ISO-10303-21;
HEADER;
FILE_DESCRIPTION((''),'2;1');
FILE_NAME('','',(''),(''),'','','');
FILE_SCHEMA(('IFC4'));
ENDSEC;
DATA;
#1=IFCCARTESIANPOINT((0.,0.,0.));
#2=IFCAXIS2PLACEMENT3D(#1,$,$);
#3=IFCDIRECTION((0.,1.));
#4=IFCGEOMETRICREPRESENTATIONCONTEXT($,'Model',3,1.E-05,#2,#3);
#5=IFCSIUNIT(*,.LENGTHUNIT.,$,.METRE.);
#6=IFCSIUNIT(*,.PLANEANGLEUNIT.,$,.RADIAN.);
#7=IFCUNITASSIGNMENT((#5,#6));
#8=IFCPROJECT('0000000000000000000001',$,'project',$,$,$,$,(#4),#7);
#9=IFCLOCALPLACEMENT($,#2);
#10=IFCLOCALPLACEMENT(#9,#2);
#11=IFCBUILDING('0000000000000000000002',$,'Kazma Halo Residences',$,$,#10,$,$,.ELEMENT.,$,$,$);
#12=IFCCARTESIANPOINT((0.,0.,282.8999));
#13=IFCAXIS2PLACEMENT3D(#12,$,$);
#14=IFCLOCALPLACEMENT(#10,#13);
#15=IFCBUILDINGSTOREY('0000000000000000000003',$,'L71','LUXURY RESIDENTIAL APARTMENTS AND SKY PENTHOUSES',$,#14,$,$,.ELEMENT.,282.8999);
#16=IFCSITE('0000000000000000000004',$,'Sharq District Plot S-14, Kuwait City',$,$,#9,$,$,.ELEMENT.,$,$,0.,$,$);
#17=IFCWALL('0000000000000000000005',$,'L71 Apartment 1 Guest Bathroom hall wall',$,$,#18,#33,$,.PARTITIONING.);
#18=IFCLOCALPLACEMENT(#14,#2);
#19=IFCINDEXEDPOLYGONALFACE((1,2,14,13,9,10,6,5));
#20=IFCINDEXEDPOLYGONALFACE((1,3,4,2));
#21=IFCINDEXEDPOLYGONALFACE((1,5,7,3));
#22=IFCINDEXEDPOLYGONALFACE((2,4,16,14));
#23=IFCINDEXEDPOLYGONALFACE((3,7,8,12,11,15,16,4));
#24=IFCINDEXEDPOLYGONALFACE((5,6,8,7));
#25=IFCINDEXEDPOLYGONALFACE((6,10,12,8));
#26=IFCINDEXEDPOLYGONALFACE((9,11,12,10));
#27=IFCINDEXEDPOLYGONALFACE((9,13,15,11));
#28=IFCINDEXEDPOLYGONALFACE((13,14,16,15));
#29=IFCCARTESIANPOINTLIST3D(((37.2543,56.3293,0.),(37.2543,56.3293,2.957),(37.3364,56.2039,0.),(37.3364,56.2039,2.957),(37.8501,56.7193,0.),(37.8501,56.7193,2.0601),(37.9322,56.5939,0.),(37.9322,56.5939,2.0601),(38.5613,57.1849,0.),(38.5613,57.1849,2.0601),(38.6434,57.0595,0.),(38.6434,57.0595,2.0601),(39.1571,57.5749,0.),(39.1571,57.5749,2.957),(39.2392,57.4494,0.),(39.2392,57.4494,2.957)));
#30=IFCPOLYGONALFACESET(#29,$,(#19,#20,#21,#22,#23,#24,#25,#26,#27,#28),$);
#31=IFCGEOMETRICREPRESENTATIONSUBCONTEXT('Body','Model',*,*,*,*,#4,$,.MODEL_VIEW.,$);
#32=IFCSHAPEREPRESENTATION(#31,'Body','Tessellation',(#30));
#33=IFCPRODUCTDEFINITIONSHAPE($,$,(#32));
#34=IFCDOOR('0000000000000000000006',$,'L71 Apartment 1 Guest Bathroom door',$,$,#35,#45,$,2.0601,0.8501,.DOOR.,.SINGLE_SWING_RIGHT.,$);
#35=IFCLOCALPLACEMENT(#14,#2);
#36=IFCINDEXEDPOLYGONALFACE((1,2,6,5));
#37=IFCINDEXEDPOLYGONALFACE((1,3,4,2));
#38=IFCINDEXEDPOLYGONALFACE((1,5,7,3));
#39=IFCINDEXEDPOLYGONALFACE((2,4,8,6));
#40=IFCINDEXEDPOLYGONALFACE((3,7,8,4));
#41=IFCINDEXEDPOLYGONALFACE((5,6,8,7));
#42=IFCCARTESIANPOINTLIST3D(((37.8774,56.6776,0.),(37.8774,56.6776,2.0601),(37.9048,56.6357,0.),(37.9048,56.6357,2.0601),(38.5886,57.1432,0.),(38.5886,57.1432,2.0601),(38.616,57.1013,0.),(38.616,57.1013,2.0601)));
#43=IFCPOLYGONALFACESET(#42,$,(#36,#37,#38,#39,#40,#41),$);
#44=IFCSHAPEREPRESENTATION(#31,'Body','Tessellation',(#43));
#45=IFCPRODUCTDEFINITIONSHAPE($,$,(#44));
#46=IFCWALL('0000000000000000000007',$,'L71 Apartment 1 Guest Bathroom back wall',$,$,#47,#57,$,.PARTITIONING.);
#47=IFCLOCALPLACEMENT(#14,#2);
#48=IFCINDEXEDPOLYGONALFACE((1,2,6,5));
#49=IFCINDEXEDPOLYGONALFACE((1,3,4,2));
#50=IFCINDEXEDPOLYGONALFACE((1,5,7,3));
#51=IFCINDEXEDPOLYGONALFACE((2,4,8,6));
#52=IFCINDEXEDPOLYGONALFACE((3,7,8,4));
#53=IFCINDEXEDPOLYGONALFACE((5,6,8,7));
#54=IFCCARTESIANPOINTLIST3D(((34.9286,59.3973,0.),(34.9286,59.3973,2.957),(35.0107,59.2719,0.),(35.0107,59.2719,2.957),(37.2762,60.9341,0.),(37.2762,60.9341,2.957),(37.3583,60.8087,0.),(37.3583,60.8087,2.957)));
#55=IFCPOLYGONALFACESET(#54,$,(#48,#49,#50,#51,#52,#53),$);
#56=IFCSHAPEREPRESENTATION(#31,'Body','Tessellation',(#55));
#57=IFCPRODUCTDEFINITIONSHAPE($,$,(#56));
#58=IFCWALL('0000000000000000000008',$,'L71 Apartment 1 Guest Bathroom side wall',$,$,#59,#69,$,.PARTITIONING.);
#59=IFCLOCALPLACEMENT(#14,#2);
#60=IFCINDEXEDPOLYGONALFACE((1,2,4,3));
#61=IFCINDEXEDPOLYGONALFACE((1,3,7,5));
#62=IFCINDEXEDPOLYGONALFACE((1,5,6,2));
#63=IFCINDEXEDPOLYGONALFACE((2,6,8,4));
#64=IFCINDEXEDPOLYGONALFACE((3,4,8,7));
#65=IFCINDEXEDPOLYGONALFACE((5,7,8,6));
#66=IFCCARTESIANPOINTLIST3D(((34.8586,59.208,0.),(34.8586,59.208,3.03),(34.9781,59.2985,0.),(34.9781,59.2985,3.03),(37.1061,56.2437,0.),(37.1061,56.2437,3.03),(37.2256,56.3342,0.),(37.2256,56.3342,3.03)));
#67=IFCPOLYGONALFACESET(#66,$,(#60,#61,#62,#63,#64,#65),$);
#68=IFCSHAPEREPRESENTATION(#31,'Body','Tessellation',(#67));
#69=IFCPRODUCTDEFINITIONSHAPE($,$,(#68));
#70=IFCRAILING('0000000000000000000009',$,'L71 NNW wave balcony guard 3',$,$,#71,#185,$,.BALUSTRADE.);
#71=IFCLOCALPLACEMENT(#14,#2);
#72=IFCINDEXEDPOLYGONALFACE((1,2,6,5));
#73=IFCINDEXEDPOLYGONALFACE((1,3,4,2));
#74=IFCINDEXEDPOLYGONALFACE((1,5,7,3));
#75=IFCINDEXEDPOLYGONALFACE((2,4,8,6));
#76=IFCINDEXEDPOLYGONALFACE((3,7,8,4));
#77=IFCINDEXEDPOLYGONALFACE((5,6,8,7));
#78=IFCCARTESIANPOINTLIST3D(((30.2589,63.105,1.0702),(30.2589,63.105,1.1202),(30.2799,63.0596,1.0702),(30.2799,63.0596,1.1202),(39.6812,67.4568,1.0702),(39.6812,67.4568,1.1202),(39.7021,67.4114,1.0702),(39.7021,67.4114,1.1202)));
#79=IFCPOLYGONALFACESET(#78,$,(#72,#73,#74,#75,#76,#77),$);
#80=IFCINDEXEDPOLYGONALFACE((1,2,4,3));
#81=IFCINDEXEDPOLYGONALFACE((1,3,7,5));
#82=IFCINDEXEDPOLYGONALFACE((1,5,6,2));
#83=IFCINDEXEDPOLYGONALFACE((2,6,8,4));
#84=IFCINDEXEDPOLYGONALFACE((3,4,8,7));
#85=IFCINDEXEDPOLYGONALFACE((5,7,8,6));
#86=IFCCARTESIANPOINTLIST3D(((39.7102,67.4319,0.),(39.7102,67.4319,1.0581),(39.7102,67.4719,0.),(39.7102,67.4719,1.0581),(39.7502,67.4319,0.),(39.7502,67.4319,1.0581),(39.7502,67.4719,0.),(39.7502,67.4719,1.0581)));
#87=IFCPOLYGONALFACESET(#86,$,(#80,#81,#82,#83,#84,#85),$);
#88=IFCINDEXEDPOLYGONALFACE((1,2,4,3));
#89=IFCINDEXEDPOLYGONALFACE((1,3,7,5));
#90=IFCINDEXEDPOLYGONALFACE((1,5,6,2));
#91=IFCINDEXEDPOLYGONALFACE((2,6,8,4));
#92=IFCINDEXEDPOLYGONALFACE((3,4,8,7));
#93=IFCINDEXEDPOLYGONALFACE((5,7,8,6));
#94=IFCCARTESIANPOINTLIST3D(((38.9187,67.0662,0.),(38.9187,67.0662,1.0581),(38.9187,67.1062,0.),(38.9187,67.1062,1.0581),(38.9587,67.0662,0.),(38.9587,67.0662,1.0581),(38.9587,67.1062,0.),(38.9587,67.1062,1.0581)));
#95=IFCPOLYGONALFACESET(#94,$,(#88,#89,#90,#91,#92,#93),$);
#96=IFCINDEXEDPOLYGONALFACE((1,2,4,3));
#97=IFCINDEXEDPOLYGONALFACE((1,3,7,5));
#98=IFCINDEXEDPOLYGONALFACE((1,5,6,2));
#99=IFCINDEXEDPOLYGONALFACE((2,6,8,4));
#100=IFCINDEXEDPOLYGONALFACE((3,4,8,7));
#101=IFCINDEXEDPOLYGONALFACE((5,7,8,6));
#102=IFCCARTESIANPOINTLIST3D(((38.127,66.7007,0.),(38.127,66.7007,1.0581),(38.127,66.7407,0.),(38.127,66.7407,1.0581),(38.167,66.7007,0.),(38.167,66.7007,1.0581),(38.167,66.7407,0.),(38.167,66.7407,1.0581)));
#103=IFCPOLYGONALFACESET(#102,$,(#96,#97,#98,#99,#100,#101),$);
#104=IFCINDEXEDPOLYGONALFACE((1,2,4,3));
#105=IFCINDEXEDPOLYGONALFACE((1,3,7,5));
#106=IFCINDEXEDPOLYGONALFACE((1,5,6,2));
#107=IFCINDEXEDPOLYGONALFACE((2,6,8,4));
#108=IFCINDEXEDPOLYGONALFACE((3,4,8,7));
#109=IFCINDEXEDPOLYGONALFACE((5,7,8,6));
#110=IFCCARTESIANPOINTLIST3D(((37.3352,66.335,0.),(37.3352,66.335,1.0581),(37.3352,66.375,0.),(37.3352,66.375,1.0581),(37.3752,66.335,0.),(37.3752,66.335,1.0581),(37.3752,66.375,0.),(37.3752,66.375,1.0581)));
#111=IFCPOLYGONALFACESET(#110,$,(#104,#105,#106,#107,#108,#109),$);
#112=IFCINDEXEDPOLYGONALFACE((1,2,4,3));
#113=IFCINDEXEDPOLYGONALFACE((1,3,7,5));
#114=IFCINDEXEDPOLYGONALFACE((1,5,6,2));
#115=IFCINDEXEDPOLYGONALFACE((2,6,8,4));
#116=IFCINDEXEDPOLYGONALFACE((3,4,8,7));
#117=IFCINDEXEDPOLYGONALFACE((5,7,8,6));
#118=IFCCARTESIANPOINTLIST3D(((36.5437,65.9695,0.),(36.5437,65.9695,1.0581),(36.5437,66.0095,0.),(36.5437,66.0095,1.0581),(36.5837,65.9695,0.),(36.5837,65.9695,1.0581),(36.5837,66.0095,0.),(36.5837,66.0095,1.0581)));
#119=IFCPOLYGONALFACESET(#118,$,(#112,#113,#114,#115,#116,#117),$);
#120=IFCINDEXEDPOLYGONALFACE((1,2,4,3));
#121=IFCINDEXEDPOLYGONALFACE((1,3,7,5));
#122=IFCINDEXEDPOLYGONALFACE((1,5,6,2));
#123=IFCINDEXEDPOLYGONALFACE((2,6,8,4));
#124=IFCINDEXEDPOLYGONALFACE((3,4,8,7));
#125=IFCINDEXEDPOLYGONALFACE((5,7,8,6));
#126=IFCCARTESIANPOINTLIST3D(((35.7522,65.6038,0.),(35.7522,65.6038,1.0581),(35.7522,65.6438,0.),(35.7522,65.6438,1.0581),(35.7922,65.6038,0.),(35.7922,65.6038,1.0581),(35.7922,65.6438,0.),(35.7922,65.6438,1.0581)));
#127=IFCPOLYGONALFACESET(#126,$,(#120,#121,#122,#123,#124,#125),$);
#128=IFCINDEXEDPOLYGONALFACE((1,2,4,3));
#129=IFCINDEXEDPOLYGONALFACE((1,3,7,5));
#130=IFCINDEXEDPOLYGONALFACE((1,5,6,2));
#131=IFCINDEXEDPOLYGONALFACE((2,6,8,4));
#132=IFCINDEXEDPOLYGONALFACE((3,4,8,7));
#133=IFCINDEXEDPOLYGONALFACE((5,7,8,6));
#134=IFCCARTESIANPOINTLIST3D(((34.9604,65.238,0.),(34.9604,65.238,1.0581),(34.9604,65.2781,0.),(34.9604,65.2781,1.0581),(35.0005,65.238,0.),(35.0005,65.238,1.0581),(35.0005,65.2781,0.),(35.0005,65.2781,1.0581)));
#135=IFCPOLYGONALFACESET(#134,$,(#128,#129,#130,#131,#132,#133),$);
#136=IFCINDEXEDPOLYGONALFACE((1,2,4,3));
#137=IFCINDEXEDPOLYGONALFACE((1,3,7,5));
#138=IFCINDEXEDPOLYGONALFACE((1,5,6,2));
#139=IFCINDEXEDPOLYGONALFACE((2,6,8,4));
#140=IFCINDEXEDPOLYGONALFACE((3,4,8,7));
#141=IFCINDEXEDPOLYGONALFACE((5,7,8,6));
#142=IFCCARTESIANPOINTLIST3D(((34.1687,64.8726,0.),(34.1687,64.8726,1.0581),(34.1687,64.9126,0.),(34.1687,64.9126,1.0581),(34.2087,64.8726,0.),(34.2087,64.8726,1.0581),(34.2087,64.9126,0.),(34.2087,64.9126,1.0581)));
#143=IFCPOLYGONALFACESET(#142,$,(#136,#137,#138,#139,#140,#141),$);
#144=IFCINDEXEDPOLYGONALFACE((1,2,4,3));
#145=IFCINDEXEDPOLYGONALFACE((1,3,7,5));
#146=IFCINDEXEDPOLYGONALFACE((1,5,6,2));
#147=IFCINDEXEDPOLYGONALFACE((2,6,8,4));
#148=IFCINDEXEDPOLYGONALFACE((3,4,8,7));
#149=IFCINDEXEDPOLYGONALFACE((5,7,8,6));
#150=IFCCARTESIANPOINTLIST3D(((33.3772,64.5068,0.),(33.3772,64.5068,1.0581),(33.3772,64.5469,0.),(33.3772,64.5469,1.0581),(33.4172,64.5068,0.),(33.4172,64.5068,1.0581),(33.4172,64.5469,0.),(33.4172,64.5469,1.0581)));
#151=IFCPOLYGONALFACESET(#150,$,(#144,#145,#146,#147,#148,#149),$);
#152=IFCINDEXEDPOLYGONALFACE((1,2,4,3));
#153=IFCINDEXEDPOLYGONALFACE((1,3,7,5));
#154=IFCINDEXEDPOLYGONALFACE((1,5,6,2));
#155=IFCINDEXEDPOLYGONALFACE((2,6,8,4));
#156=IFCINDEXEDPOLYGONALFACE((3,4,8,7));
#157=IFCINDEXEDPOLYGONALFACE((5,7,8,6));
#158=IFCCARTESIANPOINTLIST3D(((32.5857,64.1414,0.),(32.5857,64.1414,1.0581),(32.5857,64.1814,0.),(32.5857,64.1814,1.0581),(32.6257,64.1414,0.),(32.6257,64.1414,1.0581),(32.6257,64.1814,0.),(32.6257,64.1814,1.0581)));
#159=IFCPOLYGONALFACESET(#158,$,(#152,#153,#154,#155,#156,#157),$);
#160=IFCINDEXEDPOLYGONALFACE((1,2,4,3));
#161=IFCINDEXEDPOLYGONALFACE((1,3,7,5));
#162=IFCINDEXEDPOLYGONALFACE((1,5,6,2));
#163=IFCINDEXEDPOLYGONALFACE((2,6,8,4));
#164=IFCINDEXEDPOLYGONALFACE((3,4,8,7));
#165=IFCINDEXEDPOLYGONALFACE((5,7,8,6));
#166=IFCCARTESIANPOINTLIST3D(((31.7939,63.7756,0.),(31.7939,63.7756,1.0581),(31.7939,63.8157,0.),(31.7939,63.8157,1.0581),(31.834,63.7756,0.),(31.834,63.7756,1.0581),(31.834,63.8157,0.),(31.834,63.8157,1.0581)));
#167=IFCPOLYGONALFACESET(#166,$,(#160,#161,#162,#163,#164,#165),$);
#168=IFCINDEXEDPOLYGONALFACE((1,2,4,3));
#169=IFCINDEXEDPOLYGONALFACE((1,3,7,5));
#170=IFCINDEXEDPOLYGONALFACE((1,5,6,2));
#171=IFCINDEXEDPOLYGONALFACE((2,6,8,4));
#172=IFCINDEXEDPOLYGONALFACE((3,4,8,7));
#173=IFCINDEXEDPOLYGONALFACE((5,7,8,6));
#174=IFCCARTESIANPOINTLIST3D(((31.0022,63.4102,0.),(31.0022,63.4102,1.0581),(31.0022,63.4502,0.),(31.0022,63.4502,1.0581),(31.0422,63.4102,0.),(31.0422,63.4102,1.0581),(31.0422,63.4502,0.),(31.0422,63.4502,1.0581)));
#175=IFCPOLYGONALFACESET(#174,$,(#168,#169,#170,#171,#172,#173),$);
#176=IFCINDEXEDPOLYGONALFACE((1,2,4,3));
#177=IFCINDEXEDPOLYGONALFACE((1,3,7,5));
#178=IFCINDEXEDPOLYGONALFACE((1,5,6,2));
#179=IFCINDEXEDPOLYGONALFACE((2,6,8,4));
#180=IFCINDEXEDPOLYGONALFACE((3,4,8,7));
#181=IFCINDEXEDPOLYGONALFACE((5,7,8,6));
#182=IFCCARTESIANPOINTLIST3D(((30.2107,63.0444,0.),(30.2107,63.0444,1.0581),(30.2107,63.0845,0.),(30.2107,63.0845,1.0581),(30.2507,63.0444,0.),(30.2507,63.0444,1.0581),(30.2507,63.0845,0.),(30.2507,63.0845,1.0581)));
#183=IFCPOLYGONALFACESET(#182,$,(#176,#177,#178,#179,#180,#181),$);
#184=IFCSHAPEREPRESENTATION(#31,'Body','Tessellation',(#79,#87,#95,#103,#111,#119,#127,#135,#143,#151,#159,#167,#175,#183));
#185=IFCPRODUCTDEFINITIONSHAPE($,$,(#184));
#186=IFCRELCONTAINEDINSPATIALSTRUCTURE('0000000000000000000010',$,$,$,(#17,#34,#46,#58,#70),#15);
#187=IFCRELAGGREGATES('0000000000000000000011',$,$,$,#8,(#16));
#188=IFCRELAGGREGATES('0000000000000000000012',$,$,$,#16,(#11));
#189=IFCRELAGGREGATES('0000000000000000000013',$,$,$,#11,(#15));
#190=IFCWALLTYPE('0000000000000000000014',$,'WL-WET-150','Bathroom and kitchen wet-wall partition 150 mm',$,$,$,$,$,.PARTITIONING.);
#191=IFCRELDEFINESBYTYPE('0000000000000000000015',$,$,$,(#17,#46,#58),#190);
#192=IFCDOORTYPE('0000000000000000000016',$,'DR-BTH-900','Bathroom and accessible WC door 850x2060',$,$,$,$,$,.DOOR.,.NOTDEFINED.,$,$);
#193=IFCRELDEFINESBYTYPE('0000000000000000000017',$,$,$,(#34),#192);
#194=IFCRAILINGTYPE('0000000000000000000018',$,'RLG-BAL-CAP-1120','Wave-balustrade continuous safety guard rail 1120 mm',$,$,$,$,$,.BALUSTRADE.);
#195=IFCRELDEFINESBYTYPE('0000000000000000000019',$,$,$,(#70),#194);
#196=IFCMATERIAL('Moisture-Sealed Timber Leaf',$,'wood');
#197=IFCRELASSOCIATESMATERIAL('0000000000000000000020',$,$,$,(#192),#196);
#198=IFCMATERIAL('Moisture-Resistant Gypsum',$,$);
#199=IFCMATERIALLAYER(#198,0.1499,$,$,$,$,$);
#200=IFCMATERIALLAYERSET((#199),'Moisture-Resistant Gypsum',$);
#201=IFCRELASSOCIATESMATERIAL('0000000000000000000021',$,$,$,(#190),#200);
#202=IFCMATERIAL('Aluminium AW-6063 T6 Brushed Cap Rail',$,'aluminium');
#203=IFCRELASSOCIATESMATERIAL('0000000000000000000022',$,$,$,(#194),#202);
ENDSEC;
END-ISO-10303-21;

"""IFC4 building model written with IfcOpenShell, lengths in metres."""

from ifc_helpers import new_model, si_unit, direction, frame, frame_2d, origin, origin_2d, place, context, subcontext, project, spatial, rectangle, extrude, material, layer, layer_set, type_object, element, fill, save


model = new_model("IFC4")

# Units and contexts
model_context = context("Model", 3, precision=1e-05, world=origin(), true_north=direction((0.0, 1.0)))
body_context = subcontext(model_context, "Body", "Model", "MODEL_VIEW")
ifc_project = project(units=[si_unit("LENGTHUNIT", "METRE"), si_unit("PLANEANGLEUNIT", "RADIAN")], contexts=[model_context])

# Site, building, storey
site_placement = place(None, origin())
site = spatial("IfcSite", under=ifc_project, at=site_placement, Name="Sharq District Plot S-14, Kuwait City", CompositionType="ELEMENT", RefElevation=0.0)
building_placement = place(site_placement, origin())
building = spatial("IfcBuilding", under=site, at=building_placement, Name="Kazma Halo Residences", CompositionType="ELEMENT")
storey_placement = place(building_placement, frame((0.0, 0.0, 282.8999)))
storey = spatial("IfcBuildingStorey", under=building, at=storey_placement, Name="L71", Description="LUXURY RESIDENTIAL APARTMENTS AND SKY PENTHOUSES", CompositionType="ELEMENT", Elevation=282.8999)

# Wall, opening, door
ifc_material_1 = material(Name="Moisture-Sealed Timber Leaf", Category="wood")
door_type_1 = type_object("IfcDoorType", Name="DR-BTH-900", Description="Bathroom and accessible WC door 850x2060", OperationType="NOTDEFINED", PredefinedType="DOOR", material=ifc_material_1)
ifc_material_2 = material(Name="Moisture-Resistant Gypsum")
ifc_layer_1 = layer(ifc_material_2, 0.1499)
ifc_layer_set_1 = layer_set([ifc_layer_1], Name="Moisture-Resistant Gypsum")
wall_type_1 = type_object("IfcWallType", Name="WL-WET-150", Description="Bathroom and kitchen wet-wall partition 150 mm", PredefinedType="PARTITIONING", material=ifc_layer_set_1)
wall_1_placement = place(storey_placement, frame((39.1982, 57.5122, 0.0), z_axis=(0.0, 0.0, 1.0), x_axis=(-0.836678, -0.547695, 0.0)))
wall_1 = element("IfcWall", 1, at=wall_1_placement, inside=storey, type_object=wall_type_1, Name="L71 Apartment 1 Guest Bathroom hall wall", PredefinedType="PARTITIONING", context=body_context, shape_type="SweptSolid", body=[
    extrude(rectangle(XDim=2.2742, YDim=0.1499, at=frame_2d((1.1372, 0.0))), origin(), (0.0, 0.0, 1.0), 2.957),
])
opening_1_placement = place(wall_1_placement, frame((0.7122, 0.0, 0.0)))
opening_1 = element("IfcOpeningElement", 2, at=opening_1_placement, cuts=wall_1, PredefinedType="OPENING", context=body_context, shape_type="SweptSolid", body=[
    extrude(rectangle(XDim=0.8501, YDim=2.0601, at=frame_2d((0.425, 1.03))), frame((0.0, 0.085, 0.0), z_axis=(0.0, -1.0, 0.0), x_axis=(1.0, 0.0, 0.0)), (0.0, 0.0, 1.0), 0.1699),
])
door_1_placement = place(opening_1_placement, origin())
door_1 = element("IfcDoor", 3, at=door_1_placement, inside=storey, type_object=door_type_1, Name="L71 Apartment 1 Guest Bathroom door", OperationType="SINGLE_SWING_RIGHT", OverallHeight=2.0601, OverallWidth=0.8501, PredefinedType="DOOR", context=body_context, shape_type="SweptSolid", body=[
    extrude(rectangle(XDim=0.8501, YDim=2.0601, at=frame_2d((0.425, 1.03))), frame((0.0, 0.0249, 0.0), z_axis=(0.0, -1.0, 0.0), x_axis=(1.0, 0.0, 0.0)), (0.0, 0.0, 1.0), 0.05),
])
fill(opening_1, door_1)

# Walls
wall_2_placement = place(storey_placement, frame((37.3171, 60.8713, 0.0), z_axis=(0.0, 0.0, 1.0), x_axis=(-0.836666, -0.547713, 0.0)))
element("IfcWall", 4, at=wall_2_placement, inside=storey, type_object=wall_type_1, Name="L71 Apartment 1 Guest Bathroom back wall", PredefinedType="PARTITIONING", context=body_context, shape_type="SweptSolid", body=[
    extrude(rectangle(XDim=2.8059, YDim=0.1499, at=frame_2d((1.4028, 0.0))), origin(), (0.0, 0.0, 1.0), 2.957),
])
wall_3_placement = place(storey_placement, frame((37.1658, 56.2891, 0.0), z_axis=(0.0, 0.0, 1.0), x_axis=(-0.604171, 0.796855, 0.0)))
element("IfcWall", 5, at=wall_3_placement, inside=storey, type_object=wall_type_1, Name="L71 Apartment 1 Guest Bathroom side wall", PredefinedType="PARTITIONING", context=body_context, shape_type="SweptSolid", body=[
    extrude(rectangle(XDim=3.72, YDim=0.1499, at=frame_2d((1.8599, 0.0))), origin(), (0.0, 0.0, 1.0), 3.03),
])

# Railing
ifc_material_3 = material(Name="Aluminium AW-6063 T6 Brushed Cap Rail", Category="aluminium")
railing_type = type_object("IfcRailingType", Name="RLG-BAL-CAP-1120", Description="Wave-balustrade continuous safety guard rail 1120 mm", PredefinedType="BALUSTRADE", material=ifc_material_3)
railing_placement = place(storey_placement, frame((39.7302, 67.4519, 0.0)))
element("IfcRailing", 6, at=railing_placement, inside=storey, type_object=railing_type, Name="L71 NNW wave balcony guard 3", PredefinedType="BALUSTRADE", context=body_context, shape_type="SweptSolid", body=[
    extrude(rectangle(XDim=0.05, YDim=0.05, at=origin_2d()), frame((-0.0386, -0.0178, 1.0952), z_axis=(-0.907848, -0.419299, 0.0), x_axis=(0.419299, -0.907848, 0.0)), (0.0, 0.0, 1.0), 10.3787),
    extrude(rectangle(XDim=0.04, YDim=0.04, at=origin_2d()), origin(), (0.0, 0.0, 1.0), 1.0581),
    extrude(rectangle(XDim=0.04, YDim=0.04, at=origin_2d()), frame((-0.7915, -0.3657, 0.0)), (0.0, 0.0, 1.0), 1.0581),
    extrude(rectangle(XDim=0.04, YDim=0.04, at=origin_2d()), frame((-1.5833, -0.7312, 0.0)), (0.0, 0.0, 1.0), 1.0581),
    extrude(rectangle(XDim=0.04, YDim=0.04, at=origin_2d()), frame((-2.375, -1.0969, 0.0)), (0.0, 0.0, 1.0), 1.0581),
    extrude(rectangle(XDim=0.04, YDim=0.04, at=origin_2d()), frame((-3.1665, -1.4624, 0.0)), (0.0, 0.0, 1.0), 1.0581),
    extrude(rectangle(XDim=0.04, YDim=0.04, at=origin_2d()), frame((-3.958, -1.8281, 0.0)), (0.0, 0.0, 1.0), 1.0581),
    extrude(rectangle(XDim=0.04, YDim=0.04, at=origin_2d()), frame((-4.7498, -2.1938, 0.0)), (0.0, 0.0, 1.0), 1.0581),
    extrude(rectangle(XDim=0.04, YDim=0.04, at=origin_2d()), frame((-5.5415, -2.5593, 0.0)), (0.0, 0.0, 1.0), 1.0581),
    extrude(rectangle(XDim=0.04, YDim=0.04, at=origin_2d()), frame((-6.333, -2.925, 0.0)), (0.0, 0.0, 1.0), 1.0581),
    extrude(rectangle(XDim=0.04, YDim=0.04, at=origin_2d()), frame((-7.1245, -3.2905, 0.0)), (0.0, 0.0, 1.0), 1.0581),
    extrude(rectangle(XDim=0.04, YDim=0.04, at=origin_2d()), frame((-7.9163, -3.6562, 0.0)), (0.0, 0.0, 1.0), 1.0581),
    extrude(rectangle(XDim=0.04, YDim=0.04, at=origin_2d()), frame((-8.708, -4.0217, 0.0)), (0.0, 0.0, 1.0), 1.0581),
    extrude(rectangle(XDim=0.04, YDim=0.04, at=origin_2d()), frame((-9.4995, -4.3875, 0.0)), (0.0, 0.0, 1.0), 1.0581),
])

save(model, "model.ifc")
